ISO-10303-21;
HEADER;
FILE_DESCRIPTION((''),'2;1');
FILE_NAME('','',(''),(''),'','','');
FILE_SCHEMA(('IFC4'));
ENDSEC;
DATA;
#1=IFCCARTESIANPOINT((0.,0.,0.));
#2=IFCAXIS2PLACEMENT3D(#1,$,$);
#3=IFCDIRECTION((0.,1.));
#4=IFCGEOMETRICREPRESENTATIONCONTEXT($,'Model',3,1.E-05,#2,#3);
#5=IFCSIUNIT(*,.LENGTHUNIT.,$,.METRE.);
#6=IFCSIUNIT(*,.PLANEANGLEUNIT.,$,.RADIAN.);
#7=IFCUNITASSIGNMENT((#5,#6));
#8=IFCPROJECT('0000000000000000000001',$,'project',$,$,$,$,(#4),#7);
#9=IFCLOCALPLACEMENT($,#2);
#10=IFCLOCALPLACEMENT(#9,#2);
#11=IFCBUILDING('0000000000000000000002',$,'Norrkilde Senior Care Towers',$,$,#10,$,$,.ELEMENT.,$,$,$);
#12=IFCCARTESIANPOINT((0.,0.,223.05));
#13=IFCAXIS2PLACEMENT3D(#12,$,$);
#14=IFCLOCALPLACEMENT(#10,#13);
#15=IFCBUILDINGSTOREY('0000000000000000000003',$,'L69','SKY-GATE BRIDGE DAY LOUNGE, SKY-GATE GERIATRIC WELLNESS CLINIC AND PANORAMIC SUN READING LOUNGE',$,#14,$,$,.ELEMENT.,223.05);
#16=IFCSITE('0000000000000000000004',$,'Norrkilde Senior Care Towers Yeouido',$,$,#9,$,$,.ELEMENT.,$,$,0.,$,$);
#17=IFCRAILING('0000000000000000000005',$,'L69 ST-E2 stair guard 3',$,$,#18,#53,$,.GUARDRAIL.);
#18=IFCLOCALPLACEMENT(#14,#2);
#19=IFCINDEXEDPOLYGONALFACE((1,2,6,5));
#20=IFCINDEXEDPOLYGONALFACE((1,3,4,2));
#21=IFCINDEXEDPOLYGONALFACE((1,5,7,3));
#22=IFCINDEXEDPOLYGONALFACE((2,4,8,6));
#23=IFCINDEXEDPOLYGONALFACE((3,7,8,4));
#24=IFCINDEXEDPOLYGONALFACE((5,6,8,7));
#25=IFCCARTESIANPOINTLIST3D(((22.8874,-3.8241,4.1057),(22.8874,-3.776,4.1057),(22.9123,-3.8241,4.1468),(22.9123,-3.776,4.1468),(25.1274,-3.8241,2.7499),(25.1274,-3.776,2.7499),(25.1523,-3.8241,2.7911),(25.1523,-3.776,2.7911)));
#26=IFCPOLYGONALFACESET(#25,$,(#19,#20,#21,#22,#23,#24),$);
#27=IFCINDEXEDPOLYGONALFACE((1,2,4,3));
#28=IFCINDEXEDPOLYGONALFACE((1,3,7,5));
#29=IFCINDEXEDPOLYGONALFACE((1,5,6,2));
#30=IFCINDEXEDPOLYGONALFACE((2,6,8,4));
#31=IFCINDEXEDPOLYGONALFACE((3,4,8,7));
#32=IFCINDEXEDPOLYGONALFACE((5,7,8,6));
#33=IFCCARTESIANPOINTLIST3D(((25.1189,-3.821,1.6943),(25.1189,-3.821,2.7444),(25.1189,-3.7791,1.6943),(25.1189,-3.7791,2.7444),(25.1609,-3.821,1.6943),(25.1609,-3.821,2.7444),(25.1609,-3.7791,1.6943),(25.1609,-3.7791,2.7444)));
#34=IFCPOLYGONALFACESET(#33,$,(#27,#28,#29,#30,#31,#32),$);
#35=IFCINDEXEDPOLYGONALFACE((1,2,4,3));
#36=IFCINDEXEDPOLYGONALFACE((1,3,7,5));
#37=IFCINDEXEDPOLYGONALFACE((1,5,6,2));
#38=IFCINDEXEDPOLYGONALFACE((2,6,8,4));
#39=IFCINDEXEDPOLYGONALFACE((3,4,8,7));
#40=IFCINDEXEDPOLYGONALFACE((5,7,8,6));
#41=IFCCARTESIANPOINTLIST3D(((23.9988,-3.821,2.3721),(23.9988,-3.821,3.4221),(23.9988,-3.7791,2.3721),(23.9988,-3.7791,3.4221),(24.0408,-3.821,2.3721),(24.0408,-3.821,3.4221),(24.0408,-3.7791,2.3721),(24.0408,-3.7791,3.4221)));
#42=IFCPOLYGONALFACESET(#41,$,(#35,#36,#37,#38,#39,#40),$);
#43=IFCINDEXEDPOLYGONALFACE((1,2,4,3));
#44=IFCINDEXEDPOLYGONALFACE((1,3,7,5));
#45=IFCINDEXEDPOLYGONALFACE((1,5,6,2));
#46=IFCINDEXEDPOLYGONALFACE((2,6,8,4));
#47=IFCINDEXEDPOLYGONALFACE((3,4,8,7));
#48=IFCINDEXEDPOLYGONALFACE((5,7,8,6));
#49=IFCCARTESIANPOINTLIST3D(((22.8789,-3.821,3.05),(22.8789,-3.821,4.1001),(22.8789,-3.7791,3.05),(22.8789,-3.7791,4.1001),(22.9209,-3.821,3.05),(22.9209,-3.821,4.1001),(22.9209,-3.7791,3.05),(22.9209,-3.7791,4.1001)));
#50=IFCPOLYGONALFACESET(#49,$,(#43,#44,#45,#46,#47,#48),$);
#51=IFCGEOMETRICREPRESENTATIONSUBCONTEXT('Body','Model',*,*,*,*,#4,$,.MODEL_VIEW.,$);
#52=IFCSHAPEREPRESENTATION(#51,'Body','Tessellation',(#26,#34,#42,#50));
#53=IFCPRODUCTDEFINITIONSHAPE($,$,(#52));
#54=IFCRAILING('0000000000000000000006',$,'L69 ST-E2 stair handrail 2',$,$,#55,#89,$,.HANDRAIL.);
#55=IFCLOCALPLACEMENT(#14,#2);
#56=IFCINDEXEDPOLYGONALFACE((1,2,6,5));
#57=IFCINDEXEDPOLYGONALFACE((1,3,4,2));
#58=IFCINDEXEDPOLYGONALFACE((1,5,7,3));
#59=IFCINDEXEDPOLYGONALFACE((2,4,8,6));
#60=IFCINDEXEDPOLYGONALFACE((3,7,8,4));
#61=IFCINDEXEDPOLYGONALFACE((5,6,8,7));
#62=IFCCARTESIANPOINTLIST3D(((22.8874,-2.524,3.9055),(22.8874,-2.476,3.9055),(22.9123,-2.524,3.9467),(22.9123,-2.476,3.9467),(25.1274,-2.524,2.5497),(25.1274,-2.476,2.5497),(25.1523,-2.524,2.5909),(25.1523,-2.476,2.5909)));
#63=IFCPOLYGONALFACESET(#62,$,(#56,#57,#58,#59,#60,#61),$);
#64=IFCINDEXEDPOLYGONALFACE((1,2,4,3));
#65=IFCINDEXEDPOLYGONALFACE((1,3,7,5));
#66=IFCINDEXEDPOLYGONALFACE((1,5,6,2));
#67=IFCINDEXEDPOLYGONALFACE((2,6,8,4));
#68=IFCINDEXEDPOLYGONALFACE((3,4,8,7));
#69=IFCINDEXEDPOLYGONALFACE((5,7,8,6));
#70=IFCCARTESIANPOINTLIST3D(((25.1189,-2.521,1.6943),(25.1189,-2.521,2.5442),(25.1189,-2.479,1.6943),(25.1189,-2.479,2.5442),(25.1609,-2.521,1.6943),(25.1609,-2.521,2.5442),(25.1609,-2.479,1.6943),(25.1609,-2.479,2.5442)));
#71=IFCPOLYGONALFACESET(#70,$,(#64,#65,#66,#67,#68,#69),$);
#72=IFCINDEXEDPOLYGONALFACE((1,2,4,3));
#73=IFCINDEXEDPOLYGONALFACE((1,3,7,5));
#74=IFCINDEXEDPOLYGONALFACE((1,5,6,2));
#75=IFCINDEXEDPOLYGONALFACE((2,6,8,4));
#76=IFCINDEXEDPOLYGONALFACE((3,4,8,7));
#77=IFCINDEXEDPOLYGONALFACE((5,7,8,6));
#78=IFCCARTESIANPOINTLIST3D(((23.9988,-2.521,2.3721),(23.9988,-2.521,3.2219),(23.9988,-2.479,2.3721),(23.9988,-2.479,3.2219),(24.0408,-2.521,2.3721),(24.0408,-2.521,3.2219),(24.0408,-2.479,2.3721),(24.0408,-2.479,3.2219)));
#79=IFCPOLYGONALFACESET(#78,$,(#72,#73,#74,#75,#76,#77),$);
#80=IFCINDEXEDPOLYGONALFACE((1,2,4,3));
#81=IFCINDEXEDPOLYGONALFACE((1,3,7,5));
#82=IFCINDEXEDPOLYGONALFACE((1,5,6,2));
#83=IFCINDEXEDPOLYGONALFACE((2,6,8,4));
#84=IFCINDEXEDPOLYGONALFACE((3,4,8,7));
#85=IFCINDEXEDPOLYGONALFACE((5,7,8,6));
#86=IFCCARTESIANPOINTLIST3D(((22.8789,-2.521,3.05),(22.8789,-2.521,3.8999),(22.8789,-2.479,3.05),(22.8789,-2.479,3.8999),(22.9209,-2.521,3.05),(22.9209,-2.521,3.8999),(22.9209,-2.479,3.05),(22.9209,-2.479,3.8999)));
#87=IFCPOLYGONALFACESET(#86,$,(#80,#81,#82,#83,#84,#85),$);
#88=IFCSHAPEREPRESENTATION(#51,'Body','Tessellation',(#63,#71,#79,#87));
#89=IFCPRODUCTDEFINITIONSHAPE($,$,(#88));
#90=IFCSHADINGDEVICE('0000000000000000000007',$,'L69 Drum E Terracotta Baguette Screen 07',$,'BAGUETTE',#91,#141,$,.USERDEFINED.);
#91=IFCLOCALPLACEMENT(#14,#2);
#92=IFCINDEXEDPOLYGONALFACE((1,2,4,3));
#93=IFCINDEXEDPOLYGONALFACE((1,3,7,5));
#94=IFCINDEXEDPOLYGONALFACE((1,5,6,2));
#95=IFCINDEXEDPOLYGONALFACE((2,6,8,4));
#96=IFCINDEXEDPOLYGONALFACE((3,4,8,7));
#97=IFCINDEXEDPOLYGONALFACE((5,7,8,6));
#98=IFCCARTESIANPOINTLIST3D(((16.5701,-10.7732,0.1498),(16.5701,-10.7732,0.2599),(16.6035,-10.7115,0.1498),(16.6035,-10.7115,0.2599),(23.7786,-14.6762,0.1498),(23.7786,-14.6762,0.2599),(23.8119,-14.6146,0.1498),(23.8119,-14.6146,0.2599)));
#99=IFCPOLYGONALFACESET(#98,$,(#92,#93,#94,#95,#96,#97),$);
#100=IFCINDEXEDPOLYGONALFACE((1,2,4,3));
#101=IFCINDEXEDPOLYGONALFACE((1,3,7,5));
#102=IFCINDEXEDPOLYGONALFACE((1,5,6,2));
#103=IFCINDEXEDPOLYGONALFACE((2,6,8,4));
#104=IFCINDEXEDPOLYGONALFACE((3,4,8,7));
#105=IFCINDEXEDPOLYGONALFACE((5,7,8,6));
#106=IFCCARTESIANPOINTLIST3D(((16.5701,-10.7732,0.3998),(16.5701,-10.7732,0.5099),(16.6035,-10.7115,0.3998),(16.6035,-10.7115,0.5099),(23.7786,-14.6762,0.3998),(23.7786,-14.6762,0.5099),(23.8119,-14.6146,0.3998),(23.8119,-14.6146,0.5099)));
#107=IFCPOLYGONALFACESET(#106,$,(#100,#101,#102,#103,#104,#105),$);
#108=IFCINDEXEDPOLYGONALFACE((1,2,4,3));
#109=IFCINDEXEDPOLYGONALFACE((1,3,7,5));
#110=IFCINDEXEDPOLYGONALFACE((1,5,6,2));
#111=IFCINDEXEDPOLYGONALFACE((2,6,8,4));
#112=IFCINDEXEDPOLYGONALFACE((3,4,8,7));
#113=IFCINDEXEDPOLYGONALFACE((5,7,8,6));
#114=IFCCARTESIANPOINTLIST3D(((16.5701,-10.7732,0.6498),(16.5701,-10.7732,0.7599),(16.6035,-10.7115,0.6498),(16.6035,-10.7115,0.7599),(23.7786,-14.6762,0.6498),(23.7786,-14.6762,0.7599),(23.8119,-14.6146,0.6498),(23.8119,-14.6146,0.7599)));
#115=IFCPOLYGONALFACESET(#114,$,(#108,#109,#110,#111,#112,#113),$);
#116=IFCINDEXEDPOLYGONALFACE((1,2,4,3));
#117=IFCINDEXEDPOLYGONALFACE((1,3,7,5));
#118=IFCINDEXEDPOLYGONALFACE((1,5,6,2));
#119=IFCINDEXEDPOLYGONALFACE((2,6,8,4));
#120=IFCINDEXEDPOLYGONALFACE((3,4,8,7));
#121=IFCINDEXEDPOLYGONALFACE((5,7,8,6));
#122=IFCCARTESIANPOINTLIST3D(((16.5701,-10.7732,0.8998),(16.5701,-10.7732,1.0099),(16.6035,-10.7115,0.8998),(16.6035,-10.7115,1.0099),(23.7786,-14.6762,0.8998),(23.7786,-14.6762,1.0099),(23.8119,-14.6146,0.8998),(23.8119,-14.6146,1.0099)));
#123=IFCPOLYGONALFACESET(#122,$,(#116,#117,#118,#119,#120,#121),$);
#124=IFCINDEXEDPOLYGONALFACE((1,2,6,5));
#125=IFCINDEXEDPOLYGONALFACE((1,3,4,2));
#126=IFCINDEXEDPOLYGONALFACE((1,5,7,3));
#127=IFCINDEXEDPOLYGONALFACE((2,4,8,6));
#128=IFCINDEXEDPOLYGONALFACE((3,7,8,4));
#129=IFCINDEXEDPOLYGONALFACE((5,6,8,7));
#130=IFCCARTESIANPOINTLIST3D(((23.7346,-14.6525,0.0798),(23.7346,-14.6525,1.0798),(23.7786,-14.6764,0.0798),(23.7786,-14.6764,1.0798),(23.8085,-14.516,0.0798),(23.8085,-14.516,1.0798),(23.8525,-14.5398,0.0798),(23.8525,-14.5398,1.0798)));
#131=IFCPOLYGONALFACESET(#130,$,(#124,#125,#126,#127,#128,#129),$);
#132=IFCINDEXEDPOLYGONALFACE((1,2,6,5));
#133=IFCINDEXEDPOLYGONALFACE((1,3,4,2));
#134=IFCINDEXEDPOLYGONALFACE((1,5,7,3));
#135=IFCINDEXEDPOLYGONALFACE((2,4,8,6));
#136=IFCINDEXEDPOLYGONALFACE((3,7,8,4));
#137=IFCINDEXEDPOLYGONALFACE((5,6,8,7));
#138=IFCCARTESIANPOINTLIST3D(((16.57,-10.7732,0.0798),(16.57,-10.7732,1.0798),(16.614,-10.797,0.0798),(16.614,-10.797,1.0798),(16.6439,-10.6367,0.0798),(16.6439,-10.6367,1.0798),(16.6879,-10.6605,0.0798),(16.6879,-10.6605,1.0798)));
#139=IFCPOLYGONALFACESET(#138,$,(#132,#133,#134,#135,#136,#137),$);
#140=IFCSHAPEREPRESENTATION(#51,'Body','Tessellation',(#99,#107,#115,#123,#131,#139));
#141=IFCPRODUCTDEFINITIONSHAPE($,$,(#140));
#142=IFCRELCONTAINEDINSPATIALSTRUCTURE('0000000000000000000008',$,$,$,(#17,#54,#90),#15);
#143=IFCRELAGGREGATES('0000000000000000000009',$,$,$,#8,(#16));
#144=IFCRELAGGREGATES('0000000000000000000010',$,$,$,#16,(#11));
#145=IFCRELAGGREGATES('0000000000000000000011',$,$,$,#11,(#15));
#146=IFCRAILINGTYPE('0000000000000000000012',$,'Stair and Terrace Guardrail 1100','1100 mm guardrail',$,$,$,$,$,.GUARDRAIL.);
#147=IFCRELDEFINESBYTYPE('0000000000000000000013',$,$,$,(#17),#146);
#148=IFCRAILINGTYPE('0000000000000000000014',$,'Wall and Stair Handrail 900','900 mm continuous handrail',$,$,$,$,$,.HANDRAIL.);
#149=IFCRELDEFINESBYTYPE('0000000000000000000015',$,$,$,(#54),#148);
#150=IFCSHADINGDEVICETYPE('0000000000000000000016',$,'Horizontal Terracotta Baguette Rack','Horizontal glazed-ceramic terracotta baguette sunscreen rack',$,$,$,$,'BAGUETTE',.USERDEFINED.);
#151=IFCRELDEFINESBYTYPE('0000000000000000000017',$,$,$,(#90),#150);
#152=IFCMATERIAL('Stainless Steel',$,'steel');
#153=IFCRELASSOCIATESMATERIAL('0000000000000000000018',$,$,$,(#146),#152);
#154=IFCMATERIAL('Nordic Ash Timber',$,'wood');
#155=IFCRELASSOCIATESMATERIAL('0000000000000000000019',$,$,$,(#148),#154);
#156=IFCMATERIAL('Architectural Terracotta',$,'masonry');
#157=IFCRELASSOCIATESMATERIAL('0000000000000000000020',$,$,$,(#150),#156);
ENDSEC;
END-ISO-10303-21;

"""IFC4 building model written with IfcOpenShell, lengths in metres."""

from ifc_helpers import new_model, si_unit, direction, frame, origin, origin_2d, place, context, subcontext, project, spatial, rectangle, extrude, source, transform, mapped, material, type_object, type_shapes, element, save


model = new_model("IFC4")

# Units and contexts
model_context = context("Model", 3, precision=1e-05, world=origin(), true_north=direction((0.0, 1.0)))
body_context = subcontext(model_context, "Body", "Model", "MODEL_VIEW")
ifc_project = project(units=[si_unit("LENGTHUNIT", "METRE"), si_unit("PLANEANGLEUNIT", "RADIAN")], contexts=[model_context])

# Site, building, storey
site_placement = place(None, origin())
site = spatial("IfcSite", under=ifc_project, at=site_placement, Name="Norrkilde Senior Care Towers Yeouido", CompositionType="ELEMENT", RefElevation=0.0)
building_placement = place(site_placement, origin())
building = spatial("IfcBuilding", under=site, at=building_placement, Name="Norrkilde Senior Care Towers", CompositionType="ELEMENT")
storey_placement = place(building_placement, frame((0.0, 0.0, 223.05)))
storey = spatial("IfcBuildingStorey", under=building, at=storey_placement, Name="L69", Description="SKY-GATE BRIDGE DAY LOUNGE, SKY-GATE GERIATRIC WELLNESS CLINIC AND PANORAMIC SUN READING LOUNGE", CompositionType="ELEMENT", Elevation=223.05)

# Shared definitions
ifc_material_1 = material(Name="Stainless Steel", Category="steel")

# Shared definitions
ifc_material_2 = material(Name="Nordic Ash Timber", Category="wood")

# Railings
railing_type_1 = type_object("IfcRailingType", Name="Stair and Terrace Guardrail 1100", Description="1100 mm guardrail", PredefinedType="GUARDRAIL", material=ifc_material_1)
railing_1_placement = place(storey_placement, frame((25.1399, -3.8, 1.6943)))
element("IfcRailing", 1, at=railing_1_placement, inside=storey, type_object=railing_type_1, Name="L69 ST-E2 stair guard 3", PredefinedType="GUARDRAIL", context=body_context, shape_type="SweptSolid", body=[
    extrude(rectangle(XDim=0.0481, YDim=0.0481, at=origin_2d()), frame((0.0, 0.0, 1.0762), z_axis=(-0.855512, 0.0, 0.517783), x_axis=(0.0, -1.0, 0.0)), (0.0, 0.0, 1.0), 2.6184),
    extrude(rectangle(XDim=0.042, YDim=0.042, at=origin_2d()), origin(), (0.0, 0.0, 1.0), 1.05),
    extrude(rectangle(XDim=0.042, YDim=0.042, at=origin_2d()), frame((-1.1201, 0.0, 0.6777)), (0.0, 0.0, 1.0), 1.05),
    extrude(rectangle(XDim=0.042, YDim=0.042, at=origin_2d()), frame((-2.24, 0.0, 1.3557)), (0.0, 0.0, 1.0), 1.05),
])
railing_type_2 = type_object("IfcRailingType", Name="Wall and Stair Handrail 900", Description="900 mm continuous handrail", PredefinedType="HANDRAIL", material=ifc_material_2)
railing_2_placement = place(storey_placement, frame((25.1399, -2.5, 1.6943)))
element("IfcRailing", 2, at=railing_2_placement, inside=storey, type_object=railing_type_2, Name="L69 ST-E2 stair handrail 2", PredefinedType="HANDRAIL", context=body_context, shape_type="SweptSolid", body=[
    extrude(rectangle(XDim=0.0481, YDim=0.0481, at=origin_2d()), frame((0.0, 0.0, 0.876), z_axis=(-0.855512, 0.0, 0.517783), x_axis=(0.0, -1.0, 0.0)), (0.0, 0.0, 1.0), 2.6184),
    extrude(rectangle(XDim=0.042, YDim=0.042, at=origin_2d()), origin(), (0.0, 0.0, 1.0), 0.8499),
    extrude(rectangle(XDim=0.042, YDim=0.042, at=origin_2d()), frame((-1.1201, 0.0, 0.6777)), (0.0, 0.0, 1.0), 0.8499),
    extrude(rectangle(XDim=0.042, YDim=0.042, at=origin_2d()), frame((-2.24, 0.0, 1.3557)), (0.0, 0.0, 1.0), 0.8499),
])

# Shading device
ifc_material_3 = material(Name="Architectural Terracotta", Category="masonry")
shading_device_type = type_object("IfcShadingDeviceType", Name="Horizontal Terracotta Baguette Rack", Description="Horizontal glazed-ceramic terracotta baguette sunscreen rack", ElementType="BAGUETTE", PredefinedType="USERDEFINED", material=ifc_material_3)
shared_shape_1 = source(origin(), body_context, "Body", "SweptSolid", [
    extrude(rectangle(XDim=0.0701, YDim=0.1101, at=origin_2d()), frame((0.0, 0.0901, 0.125), z_axis=(1.0, 0.0, 0.0), x_axis=(0.0, 1.0, 0.0)), (0.0, 0.0, 1.0), 8.1973),
    extrude(rectangle(XDim=0.0701, YDim=0.1101, at=origin_2d()), frame((0.0, 0.0901, 0.375), z_axis=(1.0, 0.0, 0.0), x_axis=(0.0, 1.0, 0.0)), (0.0, 0.0, 1.0), 8.1973),
    extrude(rectangle(XDim=0.0701, YDim=0.1101, at=origin_2d()), frame((0.0, 0.0901, 0.625), z_axis=(1.0, 0.0, 0.0), x_axis=(0.0, 1.0, 0.0)), (0.0, 0.0, 1.0), 8.1973),
    extrude(rectangle(XDim=0.0701, YDim=0.1101, at=origin_2d()), frame((0.0, 0.0901, 0.875), z_axis=(1.0, 0.0, 0.0), x_axis=(0.0, 1.0, 0.0)), (0.0, 0.0, 1.0), 8.1973),
    extrude(rectangle(XDim=0.05, YDim=0.1553, at=origin_2d()), frame((0.0249, 0.0476, 0.0)), (0.0, 0.0, 1.0), 1.0),
    extrude(rectangle(XDim=0.05, YDim=0.1553, at=origin_2d()), frame((8.1724, 0.0476, 0.0)), (0.0, 0.0, 1.0), 1.0),
])
type_shapes(shading_device_type, [shared_shape_1])
shading_device_placement = place(storey_placement, frame((23.8381, -14.5662, 0.0798), z_axis=(0.0, 0.0, 1.0), x_axis=(-0.879378, 0.476144, 0.0)))
element("IfcShadingDevice", 3, at=shading_device_placement, inside=storey, type_object=shading_device_type, Name="L69 Drum E Terracotta Baguette Screen 07", ObjectType="BAGUETTE", PredefinedType="USERDEFINED", context=body_context, shape_type="MappedRepresentation", body=[
    mapped(shared_shape_1, transform((0.0, 0.0, 0.0), x_axis=(1.0, 0.0, 0.0), y_axis=(0.0, 1.0, 0.0), z_axis=(0.0, 0.0, 1.0), scale=1.0)),
])

save(model, "model.ifc")
